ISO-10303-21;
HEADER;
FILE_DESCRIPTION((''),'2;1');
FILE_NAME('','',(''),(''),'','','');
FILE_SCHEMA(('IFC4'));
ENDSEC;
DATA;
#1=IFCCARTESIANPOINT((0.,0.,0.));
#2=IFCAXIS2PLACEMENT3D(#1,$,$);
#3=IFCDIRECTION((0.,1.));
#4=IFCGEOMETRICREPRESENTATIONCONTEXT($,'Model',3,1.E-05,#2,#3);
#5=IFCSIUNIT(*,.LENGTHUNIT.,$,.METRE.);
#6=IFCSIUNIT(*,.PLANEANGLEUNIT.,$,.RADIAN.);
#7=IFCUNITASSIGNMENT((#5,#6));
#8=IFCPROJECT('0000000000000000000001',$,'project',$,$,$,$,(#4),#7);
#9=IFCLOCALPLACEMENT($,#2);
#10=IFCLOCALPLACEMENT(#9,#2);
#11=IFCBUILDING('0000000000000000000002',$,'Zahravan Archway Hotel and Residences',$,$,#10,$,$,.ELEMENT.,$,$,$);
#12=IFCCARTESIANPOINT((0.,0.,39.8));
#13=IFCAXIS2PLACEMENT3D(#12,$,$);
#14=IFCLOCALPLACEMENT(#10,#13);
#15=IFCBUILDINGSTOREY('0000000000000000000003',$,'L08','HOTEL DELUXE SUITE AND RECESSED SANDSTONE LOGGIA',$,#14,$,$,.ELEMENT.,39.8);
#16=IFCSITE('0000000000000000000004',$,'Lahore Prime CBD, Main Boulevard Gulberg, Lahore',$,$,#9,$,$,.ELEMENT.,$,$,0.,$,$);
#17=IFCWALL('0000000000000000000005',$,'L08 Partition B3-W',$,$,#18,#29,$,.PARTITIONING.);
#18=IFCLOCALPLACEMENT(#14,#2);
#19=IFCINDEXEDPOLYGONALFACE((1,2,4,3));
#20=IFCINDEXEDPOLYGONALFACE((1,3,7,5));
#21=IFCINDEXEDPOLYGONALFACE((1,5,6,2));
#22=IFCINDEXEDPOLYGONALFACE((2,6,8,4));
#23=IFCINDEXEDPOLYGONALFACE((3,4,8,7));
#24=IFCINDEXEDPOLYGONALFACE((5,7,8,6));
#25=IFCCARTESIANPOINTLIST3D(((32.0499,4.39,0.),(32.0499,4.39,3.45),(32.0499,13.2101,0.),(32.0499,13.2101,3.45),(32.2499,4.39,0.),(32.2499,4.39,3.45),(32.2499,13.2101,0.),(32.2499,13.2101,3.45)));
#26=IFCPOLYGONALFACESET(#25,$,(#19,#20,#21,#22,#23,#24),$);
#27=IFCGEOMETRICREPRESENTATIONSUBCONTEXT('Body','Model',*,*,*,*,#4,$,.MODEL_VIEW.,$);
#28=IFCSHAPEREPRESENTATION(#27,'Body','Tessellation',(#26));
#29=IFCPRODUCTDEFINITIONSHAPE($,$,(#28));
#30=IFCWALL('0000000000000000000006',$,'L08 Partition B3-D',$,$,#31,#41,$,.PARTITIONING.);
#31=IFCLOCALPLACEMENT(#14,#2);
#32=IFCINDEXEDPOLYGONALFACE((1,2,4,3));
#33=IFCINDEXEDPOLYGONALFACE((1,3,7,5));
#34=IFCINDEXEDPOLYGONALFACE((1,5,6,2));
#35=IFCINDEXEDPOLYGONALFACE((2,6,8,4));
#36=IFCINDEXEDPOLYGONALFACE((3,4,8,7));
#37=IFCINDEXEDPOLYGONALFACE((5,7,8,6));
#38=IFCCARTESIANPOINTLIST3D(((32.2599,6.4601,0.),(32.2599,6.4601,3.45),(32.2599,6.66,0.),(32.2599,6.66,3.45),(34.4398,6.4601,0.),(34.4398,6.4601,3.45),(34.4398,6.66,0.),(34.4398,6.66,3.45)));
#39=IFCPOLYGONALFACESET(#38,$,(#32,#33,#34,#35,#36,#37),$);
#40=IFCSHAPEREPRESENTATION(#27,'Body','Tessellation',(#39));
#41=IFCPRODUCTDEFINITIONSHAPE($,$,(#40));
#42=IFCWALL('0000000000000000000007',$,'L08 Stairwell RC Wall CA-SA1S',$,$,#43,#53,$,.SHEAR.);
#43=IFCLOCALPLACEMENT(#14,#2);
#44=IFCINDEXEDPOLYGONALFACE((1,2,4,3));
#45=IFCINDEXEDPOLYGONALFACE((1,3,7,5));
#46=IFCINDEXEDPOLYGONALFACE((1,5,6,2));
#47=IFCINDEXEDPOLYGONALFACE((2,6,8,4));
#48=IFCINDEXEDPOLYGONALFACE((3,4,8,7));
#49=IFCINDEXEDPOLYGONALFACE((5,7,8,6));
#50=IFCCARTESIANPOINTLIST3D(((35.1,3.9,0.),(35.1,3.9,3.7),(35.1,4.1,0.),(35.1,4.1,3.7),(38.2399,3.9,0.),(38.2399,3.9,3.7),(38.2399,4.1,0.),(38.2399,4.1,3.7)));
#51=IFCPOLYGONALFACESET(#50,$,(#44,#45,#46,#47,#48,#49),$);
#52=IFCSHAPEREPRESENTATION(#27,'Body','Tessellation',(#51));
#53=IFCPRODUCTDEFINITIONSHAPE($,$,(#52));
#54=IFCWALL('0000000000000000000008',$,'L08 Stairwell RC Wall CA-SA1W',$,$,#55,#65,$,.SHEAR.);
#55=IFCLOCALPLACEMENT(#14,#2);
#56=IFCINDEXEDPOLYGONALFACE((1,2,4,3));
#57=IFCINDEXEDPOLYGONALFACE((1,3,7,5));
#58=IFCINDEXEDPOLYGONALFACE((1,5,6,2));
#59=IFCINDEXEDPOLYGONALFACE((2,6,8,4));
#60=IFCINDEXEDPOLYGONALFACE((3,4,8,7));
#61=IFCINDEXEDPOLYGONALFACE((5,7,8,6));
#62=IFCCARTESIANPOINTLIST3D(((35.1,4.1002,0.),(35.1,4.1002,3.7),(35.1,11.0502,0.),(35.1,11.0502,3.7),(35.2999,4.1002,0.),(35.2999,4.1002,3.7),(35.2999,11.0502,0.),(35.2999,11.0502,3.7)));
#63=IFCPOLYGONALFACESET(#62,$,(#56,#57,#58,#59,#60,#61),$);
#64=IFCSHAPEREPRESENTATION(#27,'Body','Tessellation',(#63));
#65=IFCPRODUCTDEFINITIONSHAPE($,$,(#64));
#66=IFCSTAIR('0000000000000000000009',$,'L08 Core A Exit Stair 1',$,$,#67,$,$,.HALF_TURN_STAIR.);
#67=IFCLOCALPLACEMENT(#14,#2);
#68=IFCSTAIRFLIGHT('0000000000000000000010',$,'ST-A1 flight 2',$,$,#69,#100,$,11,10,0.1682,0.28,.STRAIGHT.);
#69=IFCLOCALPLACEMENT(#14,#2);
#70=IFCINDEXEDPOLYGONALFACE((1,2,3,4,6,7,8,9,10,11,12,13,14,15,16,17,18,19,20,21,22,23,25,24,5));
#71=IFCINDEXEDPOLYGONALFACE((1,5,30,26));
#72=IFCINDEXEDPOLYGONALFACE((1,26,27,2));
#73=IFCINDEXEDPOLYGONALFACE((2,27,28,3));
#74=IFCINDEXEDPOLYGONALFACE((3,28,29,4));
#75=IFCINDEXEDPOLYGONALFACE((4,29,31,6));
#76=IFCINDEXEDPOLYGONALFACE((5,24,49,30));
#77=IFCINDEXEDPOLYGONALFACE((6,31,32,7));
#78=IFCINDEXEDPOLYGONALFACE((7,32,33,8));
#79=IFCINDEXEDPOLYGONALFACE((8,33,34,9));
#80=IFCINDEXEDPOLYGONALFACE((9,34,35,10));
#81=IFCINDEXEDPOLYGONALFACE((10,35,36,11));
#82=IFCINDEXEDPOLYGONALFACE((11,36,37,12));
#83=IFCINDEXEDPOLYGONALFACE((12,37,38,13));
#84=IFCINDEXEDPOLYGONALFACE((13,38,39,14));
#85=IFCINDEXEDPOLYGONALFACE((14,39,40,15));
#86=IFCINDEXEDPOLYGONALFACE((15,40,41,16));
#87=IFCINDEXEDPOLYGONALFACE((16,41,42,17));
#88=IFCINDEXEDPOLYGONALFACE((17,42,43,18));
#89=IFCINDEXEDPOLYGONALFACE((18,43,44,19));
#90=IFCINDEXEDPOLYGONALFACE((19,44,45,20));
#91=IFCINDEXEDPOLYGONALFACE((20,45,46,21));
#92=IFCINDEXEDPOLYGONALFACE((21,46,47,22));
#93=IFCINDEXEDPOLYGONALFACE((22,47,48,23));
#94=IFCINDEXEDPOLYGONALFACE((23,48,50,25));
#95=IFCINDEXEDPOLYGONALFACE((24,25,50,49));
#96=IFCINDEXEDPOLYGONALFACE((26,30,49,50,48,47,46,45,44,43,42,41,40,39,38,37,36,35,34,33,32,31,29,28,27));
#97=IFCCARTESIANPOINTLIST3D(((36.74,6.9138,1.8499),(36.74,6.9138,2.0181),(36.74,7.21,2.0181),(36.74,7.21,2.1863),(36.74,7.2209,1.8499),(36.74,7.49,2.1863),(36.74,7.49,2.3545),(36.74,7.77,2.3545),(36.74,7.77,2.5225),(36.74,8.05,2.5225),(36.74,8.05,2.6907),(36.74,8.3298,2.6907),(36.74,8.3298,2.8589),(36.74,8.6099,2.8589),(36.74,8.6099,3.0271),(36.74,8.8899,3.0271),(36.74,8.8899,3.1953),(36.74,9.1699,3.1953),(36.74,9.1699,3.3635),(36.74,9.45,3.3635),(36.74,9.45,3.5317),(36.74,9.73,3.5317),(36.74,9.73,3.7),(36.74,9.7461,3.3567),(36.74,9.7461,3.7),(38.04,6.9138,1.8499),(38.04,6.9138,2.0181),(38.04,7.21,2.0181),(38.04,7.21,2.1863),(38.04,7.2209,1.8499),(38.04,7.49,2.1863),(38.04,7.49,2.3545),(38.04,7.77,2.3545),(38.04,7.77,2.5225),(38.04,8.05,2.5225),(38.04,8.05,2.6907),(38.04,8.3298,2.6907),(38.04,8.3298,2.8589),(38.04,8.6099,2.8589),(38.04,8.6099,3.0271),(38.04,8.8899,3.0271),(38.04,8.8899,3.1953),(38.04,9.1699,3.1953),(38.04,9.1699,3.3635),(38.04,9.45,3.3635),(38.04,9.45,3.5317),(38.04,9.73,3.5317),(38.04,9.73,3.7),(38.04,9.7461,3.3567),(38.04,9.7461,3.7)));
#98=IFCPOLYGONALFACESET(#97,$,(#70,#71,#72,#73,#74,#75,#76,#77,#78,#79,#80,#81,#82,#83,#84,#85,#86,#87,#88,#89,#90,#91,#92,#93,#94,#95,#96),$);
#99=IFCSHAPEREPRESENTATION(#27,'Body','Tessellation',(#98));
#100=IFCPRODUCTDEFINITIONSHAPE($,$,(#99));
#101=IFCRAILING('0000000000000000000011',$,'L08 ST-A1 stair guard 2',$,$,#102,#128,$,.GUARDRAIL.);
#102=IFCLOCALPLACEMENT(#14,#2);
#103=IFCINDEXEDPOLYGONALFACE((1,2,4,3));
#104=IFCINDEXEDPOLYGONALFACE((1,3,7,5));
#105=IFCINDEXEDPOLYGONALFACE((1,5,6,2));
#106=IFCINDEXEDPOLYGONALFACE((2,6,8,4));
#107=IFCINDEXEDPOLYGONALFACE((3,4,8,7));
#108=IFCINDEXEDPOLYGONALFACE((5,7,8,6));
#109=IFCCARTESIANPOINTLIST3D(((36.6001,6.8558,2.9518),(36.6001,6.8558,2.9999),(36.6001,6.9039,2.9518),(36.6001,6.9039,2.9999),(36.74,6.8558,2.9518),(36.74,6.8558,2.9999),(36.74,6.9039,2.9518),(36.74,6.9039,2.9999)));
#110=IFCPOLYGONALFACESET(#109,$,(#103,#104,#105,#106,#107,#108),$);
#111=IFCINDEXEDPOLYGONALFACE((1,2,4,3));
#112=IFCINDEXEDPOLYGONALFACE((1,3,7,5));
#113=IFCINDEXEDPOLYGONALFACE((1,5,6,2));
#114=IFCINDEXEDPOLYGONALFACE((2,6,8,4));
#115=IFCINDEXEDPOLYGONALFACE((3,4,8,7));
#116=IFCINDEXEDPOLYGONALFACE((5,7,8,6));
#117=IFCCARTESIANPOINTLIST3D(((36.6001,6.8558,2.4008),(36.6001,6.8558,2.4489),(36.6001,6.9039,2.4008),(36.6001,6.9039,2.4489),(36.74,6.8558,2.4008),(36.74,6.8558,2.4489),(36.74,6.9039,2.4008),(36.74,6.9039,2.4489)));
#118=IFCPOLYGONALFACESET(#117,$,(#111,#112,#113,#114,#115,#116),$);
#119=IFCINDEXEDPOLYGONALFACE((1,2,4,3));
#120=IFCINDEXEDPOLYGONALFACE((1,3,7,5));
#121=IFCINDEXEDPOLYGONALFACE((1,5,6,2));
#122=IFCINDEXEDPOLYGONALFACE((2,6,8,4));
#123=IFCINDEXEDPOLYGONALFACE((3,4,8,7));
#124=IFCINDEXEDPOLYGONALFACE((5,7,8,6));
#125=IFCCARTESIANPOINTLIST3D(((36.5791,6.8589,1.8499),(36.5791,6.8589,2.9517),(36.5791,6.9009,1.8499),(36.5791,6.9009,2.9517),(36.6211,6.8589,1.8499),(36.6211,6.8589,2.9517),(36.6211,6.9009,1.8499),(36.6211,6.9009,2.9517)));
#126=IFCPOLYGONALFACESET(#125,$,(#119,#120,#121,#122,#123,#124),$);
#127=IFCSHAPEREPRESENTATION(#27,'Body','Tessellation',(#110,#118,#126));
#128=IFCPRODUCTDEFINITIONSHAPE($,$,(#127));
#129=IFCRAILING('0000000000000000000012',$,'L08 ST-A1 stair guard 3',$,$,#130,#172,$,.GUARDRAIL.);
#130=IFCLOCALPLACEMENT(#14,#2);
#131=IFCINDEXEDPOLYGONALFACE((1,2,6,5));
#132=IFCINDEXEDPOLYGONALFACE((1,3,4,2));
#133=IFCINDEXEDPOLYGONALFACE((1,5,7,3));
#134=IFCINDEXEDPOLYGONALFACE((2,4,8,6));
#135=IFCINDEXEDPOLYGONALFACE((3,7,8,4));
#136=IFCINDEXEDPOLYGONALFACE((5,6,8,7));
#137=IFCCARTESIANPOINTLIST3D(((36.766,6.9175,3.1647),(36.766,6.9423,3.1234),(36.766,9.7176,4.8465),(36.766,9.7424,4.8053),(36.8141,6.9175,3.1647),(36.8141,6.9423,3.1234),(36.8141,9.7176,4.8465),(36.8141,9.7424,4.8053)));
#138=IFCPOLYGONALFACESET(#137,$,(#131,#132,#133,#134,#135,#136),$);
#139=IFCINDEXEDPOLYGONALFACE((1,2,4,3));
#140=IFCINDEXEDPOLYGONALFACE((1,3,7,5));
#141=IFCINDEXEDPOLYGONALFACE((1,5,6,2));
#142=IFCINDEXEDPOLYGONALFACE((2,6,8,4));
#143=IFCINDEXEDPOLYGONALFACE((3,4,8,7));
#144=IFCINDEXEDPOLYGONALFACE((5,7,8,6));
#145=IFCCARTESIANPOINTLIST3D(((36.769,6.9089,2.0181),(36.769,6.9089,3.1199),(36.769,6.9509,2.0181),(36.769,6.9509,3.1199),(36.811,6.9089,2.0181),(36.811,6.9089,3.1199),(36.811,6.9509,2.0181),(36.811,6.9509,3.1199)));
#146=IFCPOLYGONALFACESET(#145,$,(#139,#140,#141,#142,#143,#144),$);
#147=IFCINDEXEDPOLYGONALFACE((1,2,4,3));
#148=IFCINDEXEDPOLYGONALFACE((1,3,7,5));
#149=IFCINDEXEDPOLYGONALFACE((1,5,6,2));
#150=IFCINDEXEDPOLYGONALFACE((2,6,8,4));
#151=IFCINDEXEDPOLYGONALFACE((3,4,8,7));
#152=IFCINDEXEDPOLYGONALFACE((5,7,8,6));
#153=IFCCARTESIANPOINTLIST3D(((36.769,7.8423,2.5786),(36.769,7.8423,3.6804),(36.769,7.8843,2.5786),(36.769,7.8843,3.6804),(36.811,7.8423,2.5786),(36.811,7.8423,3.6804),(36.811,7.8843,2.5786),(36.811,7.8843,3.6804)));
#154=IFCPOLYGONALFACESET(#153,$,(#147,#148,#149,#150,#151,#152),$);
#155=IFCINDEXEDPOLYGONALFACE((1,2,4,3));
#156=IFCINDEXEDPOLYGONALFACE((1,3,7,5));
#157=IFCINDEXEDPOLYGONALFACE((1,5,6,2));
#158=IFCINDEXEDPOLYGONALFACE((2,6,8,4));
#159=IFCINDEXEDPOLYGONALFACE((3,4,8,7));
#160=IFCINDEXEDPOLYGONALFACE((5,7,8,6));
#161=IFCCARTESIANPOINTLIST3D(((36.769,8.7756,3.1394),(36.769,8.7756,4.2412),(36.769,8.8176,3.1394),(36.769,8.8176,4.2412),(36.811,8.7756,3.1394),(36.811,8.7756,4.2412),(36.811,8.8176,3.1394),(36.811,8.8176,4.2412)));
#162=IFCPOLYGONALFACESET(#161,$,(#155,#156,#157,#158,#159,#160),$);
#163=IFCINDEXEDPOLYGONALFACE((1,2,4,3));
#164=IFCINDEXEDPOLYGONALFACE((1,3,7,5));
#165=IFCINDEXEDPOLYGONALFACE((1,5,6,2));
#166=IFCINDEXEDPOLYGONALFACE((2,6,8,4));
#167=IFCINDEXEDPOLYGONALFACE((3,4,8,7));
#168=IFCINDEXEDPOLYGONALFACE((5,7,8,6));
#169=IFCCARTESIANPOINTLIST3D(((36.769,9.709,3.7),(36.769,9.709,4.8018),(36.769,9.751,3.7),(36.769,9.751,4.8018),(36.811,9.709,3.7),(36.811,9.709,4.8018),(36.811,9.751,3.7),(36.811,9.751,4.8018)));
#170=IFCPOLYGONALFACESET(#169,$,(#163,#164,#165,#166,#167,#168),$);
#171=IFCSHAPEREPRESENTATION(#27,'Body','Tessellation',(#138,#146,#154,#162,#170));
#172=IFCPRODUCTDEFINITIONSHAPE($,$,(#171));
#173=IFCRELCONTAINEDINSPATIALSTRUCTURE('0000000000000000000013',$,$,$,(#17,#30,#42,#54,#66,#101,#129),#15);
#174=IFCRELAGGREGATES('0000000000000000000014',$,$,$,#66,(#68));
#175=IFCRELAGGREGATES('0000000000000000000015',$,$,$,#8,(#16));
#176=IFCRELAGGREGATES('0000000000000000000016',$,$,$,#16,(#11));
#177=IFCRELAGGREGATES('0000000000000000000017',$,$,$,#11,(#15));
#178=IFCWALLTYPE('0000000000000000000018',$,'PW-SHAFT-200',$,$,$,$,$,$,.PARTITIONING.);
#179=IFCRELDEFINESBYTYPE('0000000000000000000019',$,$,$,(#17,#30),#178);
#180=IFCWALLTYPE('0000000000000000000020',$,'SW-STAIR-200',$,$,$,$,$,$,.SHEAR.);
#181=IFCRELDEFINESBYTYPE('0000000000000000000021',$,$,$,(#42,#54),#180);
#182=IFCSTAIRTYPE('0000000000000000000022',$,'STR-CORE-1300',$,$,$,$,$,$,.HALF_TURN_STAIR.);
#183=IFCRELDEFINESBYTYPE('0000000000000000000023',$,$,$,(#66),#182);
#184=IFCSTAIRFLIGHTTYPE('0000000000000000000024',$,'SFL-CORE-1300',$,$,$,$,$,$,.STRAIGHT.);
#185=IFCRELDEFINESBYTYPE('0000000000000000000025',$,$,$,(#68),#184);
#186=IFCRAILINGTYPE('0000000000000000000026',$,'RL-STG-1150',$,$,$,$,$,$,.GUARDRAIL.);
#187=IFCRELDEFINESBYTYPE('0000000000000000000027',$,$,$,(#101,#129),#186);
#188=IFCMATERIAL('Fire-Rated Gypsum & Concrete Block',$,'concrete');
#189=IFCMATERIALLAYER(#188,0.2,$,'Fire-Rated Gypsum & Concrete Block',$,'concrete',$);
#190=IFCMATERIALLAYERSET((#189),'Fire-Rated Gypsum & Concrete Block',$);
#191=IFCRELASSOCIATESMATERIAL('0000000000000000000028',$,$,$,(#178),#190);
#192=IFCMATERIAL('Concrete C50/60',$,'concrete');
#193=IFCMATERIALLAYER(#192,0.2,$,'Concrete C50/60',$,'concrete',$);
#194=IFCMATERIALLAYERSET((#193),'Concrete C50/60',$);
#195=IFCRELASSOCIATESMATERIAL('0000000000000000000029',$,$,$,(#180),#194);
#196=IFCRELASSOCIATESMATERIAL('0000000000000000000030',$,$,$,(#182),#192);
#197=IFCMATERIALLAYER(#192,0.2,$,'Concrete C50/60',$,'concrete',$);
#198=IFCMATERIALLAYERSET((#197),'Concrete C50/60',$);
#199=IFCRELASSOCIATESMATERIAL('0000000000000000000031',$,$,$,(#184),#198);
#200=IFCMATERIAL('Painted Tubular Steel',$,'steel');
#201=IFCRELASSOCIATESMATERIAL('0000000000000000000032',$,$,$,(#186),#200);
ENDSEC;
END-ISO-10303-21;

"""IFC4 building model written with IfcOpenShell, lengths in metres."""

from ifc_helpers import new_model, si_unit, direction, frame, frame_2d, origin, origin_2d, place, context, subcontext, project, spatial, polyline, rectangle, outline, extrude, source, transform, mapped, material, layer, layer_set, type_object, element, aggregate, save


model = new_model("IFC4")

# Units and contexts
model_context = context("Model", 3, precision=1e-05, world=origin(), true_north=direction((0.0, 1.0)))
body_context = subcontext(model_context, "Body", "Model", "MODEL_VIEW")
ifc_project = project(units=[si_unit("LENGTHUNIT", "METRE"), si_unit("PLANEANGLEUNIT", "RADIAN")], contexts=[model_context])

# Site, building, storey
site_placement = place(None, origin())
site = spatial("IfcSite", under=ifc_project, at=site_placement, Name="Lahore Prime CBD, Main Boulevard Gulberg, Lahore", CompositionType="ELEMENT", RefElevation=0.0)
building_placement = place(site_placement, origin())
building = spatial("IfcBuilding", under=site, at=building_placement, Name="Zahravan Archway Hotel and Residences", CompositionType="ELEMENT")
storey_placement = place(building_placement, frame((0.0, 0.0, 39.8)))
storey = spatial("IfcBuildingStorey", under=building, at=storey_placement, Name="L08", Description="HOTEL DELUXE SUITE AND RECESSED SANDSTONE LOGGIA", CompositionType="ELEMENT", Elevation=39.8)

# Shared definitions
ifc_material_1 = material(Name="Fire-Rated Gypsum & Concrete Block", Category="concrete")

# Walls
ifc_layer_1 = layer(ifc_material_1, 0.2, Name="Fire-Rated Gypsum & Concrete Block", Category="concrete")
ifc_layer_set_1 = layer_set([ifc_layer_1], Name="Fire-Rated Gypsum & Concrete Block")
wall_type_1 = type_object("IfcWallType", Name="PW-SHAFT-200", PredefinedType="PARTITIONING", material=ifc_layer_set_1)
wall_1_placement = place(storey_placement, frame((32.1499, 4.3899, 0.0), z_axis=(0.0, 0.0, 1.0), x_axis=(0.0, 1.0, 0.0)))
element("IfcWall", 1, at=wall_1_placement, inside=storey, type_object=wall_type_1, Name="L08 Partition B3-W", PredefinedType="PARTITIONING", context=body_context, shape_type="SweptSolid", body=[
    extrude(rectangle(XDim=8.8201, YDim=0.2, at=frame_2d((4.4102, 0.0))), origin(), (0.0, 0.0, 1.0), 3.45),
])
wall_2_placement = place(storey_placement, frame((32.26, 6.5601, 0.0), z_axis=(0.0, 0.0, 1.0), x_axis=(1.0, 0.0, 0.0)))
element("IfcWall", 2, at=wall_2_placement, inside=storey, type_object=wall_type_1, Name="L08 Partition B3-D", PredefinedType="PARTITIONING", context=body_context, shape_type="SweptSolid", body=[
    extrude(rectangle(XDim=2.1799, YDim=0.2, at=frame_2d((1.0898, 0.0))), origin(), (0.0, 0.0, 1.0), 3.45),
])
ifc_material_2 = material(Name="Concrete C50/60", Category="concrete")
ifc_layer_2 = layer(ifc_material_2, 0.2, Name="Concrete C50/60", Category="concrete")
ifc_layer_set_2 = layer_set([ifc_layer_2], Name="Concrete C50/60")
wall_type_2 = type_object("IfcWallType", Name="SW-STAIR-200", PredefinedType="SHEAR", material=ifc_layer_set_2)
wall_3_placement = place(storey_placement, frame((35.1001, 4.0, 0.0), z_axis=(0.0, 0.0, 1.0), x_axis=(1.0, 0.0, 0.0)))
element("IfcWall", 3, at=wall_3_placement, inside=storey, type_object=wall_type_2, Name="L08 Stairwell RC Wall CA-SA1S", PredefinedType="SHEAR", context=body_context, shape_type="SweptSolid", body=[
    extrude(rectangle(XDim=3.1399, YDim=0.2, at=frame_2d((1.5698, 0.0))), origin(), (0.0, 0.0, 1.0), 3.7),
])
wall_4_placement = place(storey_placement, frame((35.2, 4.1001, 0.0), z_axis=(0.0, 0.0, 1.0), x_axis=(0.0, 1.0, 0.0)))
element("IfcWall", 4, at=wall_4_placement, inside=storey, type_object=wall_type_2, Name="L08 Stairwell RC Wall CA-SA1W", PredefinedType="SHEAR", context=body_context, shape_type="SweptSolid", body=[
    extrude(rectangle(XDim=6.95, YDim=0.2, at=frame_2d((3.4751, 0.0))), origin(), (0.0, 0.0, 1.0), 3.7),
])

# Stair, stair flight
stair_type = type_object("IfcStairType", Name="STR-CORE-1300", PredefinedType="HALF_TURN_STAIR", material=ifc_material_2)
stair_placement = place(storey_placement, origin())
stair = element("IfcStair", 5, at=stair_placement, inside=storey, type_object=stair_type, Name="L08 Core A Exit Stair 1", PredefinedType="HALF_TURN_STAIR")
ifc_layer_3 = layer(ifc_material_2, 0.2, Name="Concrete C50/60", Category="concrete")
ifc_layer_set_3 = layer_set([ifc_layer_3], Name="Concrete C50/60")
stair_flight_type = type_object("IfcStairFlightType", Name="SFL-CORE-1300", PredefinedType="STRAIGHT", material=ifc_layer_set_3)
shared_shape_1 = source(origin(), body_context, "Body", "SweptSolid", [
    extrude(outline(polyline([(-0.0161, 0.0), (-0.0161, 0.1682), (0.28, 0.1682), (0.28, 0.3364), (0.5601, 0.3364), (0.5601, 0.5046), (0.8401, 0.5046), (0.8401, 0.6726), (1.1201, 0.6726), (1.1201, 0.8408), (1.3999, 0.8408), (1.3999, 1.009), (1.6799, 1.009), (1.6799, 1.1772), (1.96, 1.1772), (1.96, 1.3455), (2.24, 1.3455), (2.24, 1.5137), (2.52, 1.5137), (2.52, 1.6819), (2.8, 1.6819), (2.8, 1.8501), (2.8162, 1.8501), (2.8162, 1.5068), (0.291, 0.0), (-0.0161, 0.0)])), frame((0.0, 0.6499, 0.0), z_axis=(0.0, -1.0, 0.0), x_axis=(1.0, 0.0, 0.0)), (0.0, 0.0, 1.0), 1.3),
])
stair_flight_placement = place(storey_placement, frame((37.3899, 6.9299, 1.8499), z_axis=(0.0, 0.0, 1.0), x_axis=(0.0, 1.0, 0.0)))
stair_flight = element("IfcStairFlight", 6, at=stair_flight_placement, type_object=stair_flight_type, Name="ST-A1 flight 2", NumberOfRisers=11, NumberOfTreads=10, PredefinedType="STRAIGHT", RiserHeight=0.1682, TreadLength=0.28, context=body_context, shape_type="MappedRepresentation", body=[
    mapped(shared_shape_1, transform((0.0, 0.0, 0.0), scale=1.0)),
])
aggregate(stair, [stair_flight])

# Railings
ifc_material_3 = material(Name="Painted Tubular Steel", Category="steel")
railing_type = type_object("IfcRailingType", Name="RL-STG-1150", PredefinedType="GUARDRAIL", material=ifc_material_3)
railing_1_placement = place(storey_placement, frame((36.6001, 6.8799, 1.8499)))
element("IfcRailing", 7, at=railing_1_placement, inside=storey, type_object=railing_type, Name="L08 ST-A1 stair guard 2", PredefinedType="GUARDRAIL", context=body_context, shape_type="SweptSolid", body=[
    extrude(rectangle(XDim=0.0481, YDim=0.0481, at=origin_2d()), frame((0.0, 0.0, 1.126), z_axis=(1.0, 0.0, 0.0), x_axis=(0.0, 1.0, 0.0)), (0.0, 0.0, 1.0), 0.1399),
    extrude(rectangle(XDim=0.0481, YDim=0.0481, at=origin_2d()), frame((0.0, 0.0, 0.575), z_axis=(1.0, 0.0, 0.0), x_axis=(0.0, 1.0, 0.0)), (0.0, 0.0, 1.0), 0.1399),
    extrude(rectangle(XDim=0.042, YDim=0.042, at=origin_2d()), origin(), (0.0, 0.0, 1.0), 1.1018),
])
railing_2_placement = place(storey_placement, frame((36.79, 6.9299, 2.0181)))
element("IfcRailing", 8, at=railing_2_placement, inside=storey, type_object=railing_type, Name="L08 ST-A1 stair guard 3", PredefinedType="GUARDRAIL", context=body_context, shape_type="SweptSolid", body=[
    extrude(rectangle(XDim=0.0481, YDim=0.0481, at=origin_2d()), frame((0.0, 0.0, 1.126), z_axis=(0.0, 0.857242, 0.514913), x_axis=(-1.0, 0.0, 0.0)), (0.0, 0.0, 1.0), 3.2664),
    extrude(rectangle(XDim=0.042, YDim=0.042, at=origin_2d()), origin(), (0.0, 0.0, 1.0), 1.1018),
    extrude(rectangle(XDim=0.042, YDim=0.042, at=origin_2d()), frame((0.0, 0.9333, 0.5605)), (0.0, 0.0, 1.0), 1.1018),
    extrude(rectangle(XDim=0.042, YDim=0.042, at=origin_2d()), frame((0.0, 1.8667, 1.1213)), (0.0, 0.0, 1.0), 1.1018),
    extrude(rectangle(XDim=0.042, YDim=0.042, at=origin_2d()), frame((0.0, 2.8, 1.6819)), (0.0, 0.0, 1.0), 1.1018),
])

save(model, "model.ifc")
